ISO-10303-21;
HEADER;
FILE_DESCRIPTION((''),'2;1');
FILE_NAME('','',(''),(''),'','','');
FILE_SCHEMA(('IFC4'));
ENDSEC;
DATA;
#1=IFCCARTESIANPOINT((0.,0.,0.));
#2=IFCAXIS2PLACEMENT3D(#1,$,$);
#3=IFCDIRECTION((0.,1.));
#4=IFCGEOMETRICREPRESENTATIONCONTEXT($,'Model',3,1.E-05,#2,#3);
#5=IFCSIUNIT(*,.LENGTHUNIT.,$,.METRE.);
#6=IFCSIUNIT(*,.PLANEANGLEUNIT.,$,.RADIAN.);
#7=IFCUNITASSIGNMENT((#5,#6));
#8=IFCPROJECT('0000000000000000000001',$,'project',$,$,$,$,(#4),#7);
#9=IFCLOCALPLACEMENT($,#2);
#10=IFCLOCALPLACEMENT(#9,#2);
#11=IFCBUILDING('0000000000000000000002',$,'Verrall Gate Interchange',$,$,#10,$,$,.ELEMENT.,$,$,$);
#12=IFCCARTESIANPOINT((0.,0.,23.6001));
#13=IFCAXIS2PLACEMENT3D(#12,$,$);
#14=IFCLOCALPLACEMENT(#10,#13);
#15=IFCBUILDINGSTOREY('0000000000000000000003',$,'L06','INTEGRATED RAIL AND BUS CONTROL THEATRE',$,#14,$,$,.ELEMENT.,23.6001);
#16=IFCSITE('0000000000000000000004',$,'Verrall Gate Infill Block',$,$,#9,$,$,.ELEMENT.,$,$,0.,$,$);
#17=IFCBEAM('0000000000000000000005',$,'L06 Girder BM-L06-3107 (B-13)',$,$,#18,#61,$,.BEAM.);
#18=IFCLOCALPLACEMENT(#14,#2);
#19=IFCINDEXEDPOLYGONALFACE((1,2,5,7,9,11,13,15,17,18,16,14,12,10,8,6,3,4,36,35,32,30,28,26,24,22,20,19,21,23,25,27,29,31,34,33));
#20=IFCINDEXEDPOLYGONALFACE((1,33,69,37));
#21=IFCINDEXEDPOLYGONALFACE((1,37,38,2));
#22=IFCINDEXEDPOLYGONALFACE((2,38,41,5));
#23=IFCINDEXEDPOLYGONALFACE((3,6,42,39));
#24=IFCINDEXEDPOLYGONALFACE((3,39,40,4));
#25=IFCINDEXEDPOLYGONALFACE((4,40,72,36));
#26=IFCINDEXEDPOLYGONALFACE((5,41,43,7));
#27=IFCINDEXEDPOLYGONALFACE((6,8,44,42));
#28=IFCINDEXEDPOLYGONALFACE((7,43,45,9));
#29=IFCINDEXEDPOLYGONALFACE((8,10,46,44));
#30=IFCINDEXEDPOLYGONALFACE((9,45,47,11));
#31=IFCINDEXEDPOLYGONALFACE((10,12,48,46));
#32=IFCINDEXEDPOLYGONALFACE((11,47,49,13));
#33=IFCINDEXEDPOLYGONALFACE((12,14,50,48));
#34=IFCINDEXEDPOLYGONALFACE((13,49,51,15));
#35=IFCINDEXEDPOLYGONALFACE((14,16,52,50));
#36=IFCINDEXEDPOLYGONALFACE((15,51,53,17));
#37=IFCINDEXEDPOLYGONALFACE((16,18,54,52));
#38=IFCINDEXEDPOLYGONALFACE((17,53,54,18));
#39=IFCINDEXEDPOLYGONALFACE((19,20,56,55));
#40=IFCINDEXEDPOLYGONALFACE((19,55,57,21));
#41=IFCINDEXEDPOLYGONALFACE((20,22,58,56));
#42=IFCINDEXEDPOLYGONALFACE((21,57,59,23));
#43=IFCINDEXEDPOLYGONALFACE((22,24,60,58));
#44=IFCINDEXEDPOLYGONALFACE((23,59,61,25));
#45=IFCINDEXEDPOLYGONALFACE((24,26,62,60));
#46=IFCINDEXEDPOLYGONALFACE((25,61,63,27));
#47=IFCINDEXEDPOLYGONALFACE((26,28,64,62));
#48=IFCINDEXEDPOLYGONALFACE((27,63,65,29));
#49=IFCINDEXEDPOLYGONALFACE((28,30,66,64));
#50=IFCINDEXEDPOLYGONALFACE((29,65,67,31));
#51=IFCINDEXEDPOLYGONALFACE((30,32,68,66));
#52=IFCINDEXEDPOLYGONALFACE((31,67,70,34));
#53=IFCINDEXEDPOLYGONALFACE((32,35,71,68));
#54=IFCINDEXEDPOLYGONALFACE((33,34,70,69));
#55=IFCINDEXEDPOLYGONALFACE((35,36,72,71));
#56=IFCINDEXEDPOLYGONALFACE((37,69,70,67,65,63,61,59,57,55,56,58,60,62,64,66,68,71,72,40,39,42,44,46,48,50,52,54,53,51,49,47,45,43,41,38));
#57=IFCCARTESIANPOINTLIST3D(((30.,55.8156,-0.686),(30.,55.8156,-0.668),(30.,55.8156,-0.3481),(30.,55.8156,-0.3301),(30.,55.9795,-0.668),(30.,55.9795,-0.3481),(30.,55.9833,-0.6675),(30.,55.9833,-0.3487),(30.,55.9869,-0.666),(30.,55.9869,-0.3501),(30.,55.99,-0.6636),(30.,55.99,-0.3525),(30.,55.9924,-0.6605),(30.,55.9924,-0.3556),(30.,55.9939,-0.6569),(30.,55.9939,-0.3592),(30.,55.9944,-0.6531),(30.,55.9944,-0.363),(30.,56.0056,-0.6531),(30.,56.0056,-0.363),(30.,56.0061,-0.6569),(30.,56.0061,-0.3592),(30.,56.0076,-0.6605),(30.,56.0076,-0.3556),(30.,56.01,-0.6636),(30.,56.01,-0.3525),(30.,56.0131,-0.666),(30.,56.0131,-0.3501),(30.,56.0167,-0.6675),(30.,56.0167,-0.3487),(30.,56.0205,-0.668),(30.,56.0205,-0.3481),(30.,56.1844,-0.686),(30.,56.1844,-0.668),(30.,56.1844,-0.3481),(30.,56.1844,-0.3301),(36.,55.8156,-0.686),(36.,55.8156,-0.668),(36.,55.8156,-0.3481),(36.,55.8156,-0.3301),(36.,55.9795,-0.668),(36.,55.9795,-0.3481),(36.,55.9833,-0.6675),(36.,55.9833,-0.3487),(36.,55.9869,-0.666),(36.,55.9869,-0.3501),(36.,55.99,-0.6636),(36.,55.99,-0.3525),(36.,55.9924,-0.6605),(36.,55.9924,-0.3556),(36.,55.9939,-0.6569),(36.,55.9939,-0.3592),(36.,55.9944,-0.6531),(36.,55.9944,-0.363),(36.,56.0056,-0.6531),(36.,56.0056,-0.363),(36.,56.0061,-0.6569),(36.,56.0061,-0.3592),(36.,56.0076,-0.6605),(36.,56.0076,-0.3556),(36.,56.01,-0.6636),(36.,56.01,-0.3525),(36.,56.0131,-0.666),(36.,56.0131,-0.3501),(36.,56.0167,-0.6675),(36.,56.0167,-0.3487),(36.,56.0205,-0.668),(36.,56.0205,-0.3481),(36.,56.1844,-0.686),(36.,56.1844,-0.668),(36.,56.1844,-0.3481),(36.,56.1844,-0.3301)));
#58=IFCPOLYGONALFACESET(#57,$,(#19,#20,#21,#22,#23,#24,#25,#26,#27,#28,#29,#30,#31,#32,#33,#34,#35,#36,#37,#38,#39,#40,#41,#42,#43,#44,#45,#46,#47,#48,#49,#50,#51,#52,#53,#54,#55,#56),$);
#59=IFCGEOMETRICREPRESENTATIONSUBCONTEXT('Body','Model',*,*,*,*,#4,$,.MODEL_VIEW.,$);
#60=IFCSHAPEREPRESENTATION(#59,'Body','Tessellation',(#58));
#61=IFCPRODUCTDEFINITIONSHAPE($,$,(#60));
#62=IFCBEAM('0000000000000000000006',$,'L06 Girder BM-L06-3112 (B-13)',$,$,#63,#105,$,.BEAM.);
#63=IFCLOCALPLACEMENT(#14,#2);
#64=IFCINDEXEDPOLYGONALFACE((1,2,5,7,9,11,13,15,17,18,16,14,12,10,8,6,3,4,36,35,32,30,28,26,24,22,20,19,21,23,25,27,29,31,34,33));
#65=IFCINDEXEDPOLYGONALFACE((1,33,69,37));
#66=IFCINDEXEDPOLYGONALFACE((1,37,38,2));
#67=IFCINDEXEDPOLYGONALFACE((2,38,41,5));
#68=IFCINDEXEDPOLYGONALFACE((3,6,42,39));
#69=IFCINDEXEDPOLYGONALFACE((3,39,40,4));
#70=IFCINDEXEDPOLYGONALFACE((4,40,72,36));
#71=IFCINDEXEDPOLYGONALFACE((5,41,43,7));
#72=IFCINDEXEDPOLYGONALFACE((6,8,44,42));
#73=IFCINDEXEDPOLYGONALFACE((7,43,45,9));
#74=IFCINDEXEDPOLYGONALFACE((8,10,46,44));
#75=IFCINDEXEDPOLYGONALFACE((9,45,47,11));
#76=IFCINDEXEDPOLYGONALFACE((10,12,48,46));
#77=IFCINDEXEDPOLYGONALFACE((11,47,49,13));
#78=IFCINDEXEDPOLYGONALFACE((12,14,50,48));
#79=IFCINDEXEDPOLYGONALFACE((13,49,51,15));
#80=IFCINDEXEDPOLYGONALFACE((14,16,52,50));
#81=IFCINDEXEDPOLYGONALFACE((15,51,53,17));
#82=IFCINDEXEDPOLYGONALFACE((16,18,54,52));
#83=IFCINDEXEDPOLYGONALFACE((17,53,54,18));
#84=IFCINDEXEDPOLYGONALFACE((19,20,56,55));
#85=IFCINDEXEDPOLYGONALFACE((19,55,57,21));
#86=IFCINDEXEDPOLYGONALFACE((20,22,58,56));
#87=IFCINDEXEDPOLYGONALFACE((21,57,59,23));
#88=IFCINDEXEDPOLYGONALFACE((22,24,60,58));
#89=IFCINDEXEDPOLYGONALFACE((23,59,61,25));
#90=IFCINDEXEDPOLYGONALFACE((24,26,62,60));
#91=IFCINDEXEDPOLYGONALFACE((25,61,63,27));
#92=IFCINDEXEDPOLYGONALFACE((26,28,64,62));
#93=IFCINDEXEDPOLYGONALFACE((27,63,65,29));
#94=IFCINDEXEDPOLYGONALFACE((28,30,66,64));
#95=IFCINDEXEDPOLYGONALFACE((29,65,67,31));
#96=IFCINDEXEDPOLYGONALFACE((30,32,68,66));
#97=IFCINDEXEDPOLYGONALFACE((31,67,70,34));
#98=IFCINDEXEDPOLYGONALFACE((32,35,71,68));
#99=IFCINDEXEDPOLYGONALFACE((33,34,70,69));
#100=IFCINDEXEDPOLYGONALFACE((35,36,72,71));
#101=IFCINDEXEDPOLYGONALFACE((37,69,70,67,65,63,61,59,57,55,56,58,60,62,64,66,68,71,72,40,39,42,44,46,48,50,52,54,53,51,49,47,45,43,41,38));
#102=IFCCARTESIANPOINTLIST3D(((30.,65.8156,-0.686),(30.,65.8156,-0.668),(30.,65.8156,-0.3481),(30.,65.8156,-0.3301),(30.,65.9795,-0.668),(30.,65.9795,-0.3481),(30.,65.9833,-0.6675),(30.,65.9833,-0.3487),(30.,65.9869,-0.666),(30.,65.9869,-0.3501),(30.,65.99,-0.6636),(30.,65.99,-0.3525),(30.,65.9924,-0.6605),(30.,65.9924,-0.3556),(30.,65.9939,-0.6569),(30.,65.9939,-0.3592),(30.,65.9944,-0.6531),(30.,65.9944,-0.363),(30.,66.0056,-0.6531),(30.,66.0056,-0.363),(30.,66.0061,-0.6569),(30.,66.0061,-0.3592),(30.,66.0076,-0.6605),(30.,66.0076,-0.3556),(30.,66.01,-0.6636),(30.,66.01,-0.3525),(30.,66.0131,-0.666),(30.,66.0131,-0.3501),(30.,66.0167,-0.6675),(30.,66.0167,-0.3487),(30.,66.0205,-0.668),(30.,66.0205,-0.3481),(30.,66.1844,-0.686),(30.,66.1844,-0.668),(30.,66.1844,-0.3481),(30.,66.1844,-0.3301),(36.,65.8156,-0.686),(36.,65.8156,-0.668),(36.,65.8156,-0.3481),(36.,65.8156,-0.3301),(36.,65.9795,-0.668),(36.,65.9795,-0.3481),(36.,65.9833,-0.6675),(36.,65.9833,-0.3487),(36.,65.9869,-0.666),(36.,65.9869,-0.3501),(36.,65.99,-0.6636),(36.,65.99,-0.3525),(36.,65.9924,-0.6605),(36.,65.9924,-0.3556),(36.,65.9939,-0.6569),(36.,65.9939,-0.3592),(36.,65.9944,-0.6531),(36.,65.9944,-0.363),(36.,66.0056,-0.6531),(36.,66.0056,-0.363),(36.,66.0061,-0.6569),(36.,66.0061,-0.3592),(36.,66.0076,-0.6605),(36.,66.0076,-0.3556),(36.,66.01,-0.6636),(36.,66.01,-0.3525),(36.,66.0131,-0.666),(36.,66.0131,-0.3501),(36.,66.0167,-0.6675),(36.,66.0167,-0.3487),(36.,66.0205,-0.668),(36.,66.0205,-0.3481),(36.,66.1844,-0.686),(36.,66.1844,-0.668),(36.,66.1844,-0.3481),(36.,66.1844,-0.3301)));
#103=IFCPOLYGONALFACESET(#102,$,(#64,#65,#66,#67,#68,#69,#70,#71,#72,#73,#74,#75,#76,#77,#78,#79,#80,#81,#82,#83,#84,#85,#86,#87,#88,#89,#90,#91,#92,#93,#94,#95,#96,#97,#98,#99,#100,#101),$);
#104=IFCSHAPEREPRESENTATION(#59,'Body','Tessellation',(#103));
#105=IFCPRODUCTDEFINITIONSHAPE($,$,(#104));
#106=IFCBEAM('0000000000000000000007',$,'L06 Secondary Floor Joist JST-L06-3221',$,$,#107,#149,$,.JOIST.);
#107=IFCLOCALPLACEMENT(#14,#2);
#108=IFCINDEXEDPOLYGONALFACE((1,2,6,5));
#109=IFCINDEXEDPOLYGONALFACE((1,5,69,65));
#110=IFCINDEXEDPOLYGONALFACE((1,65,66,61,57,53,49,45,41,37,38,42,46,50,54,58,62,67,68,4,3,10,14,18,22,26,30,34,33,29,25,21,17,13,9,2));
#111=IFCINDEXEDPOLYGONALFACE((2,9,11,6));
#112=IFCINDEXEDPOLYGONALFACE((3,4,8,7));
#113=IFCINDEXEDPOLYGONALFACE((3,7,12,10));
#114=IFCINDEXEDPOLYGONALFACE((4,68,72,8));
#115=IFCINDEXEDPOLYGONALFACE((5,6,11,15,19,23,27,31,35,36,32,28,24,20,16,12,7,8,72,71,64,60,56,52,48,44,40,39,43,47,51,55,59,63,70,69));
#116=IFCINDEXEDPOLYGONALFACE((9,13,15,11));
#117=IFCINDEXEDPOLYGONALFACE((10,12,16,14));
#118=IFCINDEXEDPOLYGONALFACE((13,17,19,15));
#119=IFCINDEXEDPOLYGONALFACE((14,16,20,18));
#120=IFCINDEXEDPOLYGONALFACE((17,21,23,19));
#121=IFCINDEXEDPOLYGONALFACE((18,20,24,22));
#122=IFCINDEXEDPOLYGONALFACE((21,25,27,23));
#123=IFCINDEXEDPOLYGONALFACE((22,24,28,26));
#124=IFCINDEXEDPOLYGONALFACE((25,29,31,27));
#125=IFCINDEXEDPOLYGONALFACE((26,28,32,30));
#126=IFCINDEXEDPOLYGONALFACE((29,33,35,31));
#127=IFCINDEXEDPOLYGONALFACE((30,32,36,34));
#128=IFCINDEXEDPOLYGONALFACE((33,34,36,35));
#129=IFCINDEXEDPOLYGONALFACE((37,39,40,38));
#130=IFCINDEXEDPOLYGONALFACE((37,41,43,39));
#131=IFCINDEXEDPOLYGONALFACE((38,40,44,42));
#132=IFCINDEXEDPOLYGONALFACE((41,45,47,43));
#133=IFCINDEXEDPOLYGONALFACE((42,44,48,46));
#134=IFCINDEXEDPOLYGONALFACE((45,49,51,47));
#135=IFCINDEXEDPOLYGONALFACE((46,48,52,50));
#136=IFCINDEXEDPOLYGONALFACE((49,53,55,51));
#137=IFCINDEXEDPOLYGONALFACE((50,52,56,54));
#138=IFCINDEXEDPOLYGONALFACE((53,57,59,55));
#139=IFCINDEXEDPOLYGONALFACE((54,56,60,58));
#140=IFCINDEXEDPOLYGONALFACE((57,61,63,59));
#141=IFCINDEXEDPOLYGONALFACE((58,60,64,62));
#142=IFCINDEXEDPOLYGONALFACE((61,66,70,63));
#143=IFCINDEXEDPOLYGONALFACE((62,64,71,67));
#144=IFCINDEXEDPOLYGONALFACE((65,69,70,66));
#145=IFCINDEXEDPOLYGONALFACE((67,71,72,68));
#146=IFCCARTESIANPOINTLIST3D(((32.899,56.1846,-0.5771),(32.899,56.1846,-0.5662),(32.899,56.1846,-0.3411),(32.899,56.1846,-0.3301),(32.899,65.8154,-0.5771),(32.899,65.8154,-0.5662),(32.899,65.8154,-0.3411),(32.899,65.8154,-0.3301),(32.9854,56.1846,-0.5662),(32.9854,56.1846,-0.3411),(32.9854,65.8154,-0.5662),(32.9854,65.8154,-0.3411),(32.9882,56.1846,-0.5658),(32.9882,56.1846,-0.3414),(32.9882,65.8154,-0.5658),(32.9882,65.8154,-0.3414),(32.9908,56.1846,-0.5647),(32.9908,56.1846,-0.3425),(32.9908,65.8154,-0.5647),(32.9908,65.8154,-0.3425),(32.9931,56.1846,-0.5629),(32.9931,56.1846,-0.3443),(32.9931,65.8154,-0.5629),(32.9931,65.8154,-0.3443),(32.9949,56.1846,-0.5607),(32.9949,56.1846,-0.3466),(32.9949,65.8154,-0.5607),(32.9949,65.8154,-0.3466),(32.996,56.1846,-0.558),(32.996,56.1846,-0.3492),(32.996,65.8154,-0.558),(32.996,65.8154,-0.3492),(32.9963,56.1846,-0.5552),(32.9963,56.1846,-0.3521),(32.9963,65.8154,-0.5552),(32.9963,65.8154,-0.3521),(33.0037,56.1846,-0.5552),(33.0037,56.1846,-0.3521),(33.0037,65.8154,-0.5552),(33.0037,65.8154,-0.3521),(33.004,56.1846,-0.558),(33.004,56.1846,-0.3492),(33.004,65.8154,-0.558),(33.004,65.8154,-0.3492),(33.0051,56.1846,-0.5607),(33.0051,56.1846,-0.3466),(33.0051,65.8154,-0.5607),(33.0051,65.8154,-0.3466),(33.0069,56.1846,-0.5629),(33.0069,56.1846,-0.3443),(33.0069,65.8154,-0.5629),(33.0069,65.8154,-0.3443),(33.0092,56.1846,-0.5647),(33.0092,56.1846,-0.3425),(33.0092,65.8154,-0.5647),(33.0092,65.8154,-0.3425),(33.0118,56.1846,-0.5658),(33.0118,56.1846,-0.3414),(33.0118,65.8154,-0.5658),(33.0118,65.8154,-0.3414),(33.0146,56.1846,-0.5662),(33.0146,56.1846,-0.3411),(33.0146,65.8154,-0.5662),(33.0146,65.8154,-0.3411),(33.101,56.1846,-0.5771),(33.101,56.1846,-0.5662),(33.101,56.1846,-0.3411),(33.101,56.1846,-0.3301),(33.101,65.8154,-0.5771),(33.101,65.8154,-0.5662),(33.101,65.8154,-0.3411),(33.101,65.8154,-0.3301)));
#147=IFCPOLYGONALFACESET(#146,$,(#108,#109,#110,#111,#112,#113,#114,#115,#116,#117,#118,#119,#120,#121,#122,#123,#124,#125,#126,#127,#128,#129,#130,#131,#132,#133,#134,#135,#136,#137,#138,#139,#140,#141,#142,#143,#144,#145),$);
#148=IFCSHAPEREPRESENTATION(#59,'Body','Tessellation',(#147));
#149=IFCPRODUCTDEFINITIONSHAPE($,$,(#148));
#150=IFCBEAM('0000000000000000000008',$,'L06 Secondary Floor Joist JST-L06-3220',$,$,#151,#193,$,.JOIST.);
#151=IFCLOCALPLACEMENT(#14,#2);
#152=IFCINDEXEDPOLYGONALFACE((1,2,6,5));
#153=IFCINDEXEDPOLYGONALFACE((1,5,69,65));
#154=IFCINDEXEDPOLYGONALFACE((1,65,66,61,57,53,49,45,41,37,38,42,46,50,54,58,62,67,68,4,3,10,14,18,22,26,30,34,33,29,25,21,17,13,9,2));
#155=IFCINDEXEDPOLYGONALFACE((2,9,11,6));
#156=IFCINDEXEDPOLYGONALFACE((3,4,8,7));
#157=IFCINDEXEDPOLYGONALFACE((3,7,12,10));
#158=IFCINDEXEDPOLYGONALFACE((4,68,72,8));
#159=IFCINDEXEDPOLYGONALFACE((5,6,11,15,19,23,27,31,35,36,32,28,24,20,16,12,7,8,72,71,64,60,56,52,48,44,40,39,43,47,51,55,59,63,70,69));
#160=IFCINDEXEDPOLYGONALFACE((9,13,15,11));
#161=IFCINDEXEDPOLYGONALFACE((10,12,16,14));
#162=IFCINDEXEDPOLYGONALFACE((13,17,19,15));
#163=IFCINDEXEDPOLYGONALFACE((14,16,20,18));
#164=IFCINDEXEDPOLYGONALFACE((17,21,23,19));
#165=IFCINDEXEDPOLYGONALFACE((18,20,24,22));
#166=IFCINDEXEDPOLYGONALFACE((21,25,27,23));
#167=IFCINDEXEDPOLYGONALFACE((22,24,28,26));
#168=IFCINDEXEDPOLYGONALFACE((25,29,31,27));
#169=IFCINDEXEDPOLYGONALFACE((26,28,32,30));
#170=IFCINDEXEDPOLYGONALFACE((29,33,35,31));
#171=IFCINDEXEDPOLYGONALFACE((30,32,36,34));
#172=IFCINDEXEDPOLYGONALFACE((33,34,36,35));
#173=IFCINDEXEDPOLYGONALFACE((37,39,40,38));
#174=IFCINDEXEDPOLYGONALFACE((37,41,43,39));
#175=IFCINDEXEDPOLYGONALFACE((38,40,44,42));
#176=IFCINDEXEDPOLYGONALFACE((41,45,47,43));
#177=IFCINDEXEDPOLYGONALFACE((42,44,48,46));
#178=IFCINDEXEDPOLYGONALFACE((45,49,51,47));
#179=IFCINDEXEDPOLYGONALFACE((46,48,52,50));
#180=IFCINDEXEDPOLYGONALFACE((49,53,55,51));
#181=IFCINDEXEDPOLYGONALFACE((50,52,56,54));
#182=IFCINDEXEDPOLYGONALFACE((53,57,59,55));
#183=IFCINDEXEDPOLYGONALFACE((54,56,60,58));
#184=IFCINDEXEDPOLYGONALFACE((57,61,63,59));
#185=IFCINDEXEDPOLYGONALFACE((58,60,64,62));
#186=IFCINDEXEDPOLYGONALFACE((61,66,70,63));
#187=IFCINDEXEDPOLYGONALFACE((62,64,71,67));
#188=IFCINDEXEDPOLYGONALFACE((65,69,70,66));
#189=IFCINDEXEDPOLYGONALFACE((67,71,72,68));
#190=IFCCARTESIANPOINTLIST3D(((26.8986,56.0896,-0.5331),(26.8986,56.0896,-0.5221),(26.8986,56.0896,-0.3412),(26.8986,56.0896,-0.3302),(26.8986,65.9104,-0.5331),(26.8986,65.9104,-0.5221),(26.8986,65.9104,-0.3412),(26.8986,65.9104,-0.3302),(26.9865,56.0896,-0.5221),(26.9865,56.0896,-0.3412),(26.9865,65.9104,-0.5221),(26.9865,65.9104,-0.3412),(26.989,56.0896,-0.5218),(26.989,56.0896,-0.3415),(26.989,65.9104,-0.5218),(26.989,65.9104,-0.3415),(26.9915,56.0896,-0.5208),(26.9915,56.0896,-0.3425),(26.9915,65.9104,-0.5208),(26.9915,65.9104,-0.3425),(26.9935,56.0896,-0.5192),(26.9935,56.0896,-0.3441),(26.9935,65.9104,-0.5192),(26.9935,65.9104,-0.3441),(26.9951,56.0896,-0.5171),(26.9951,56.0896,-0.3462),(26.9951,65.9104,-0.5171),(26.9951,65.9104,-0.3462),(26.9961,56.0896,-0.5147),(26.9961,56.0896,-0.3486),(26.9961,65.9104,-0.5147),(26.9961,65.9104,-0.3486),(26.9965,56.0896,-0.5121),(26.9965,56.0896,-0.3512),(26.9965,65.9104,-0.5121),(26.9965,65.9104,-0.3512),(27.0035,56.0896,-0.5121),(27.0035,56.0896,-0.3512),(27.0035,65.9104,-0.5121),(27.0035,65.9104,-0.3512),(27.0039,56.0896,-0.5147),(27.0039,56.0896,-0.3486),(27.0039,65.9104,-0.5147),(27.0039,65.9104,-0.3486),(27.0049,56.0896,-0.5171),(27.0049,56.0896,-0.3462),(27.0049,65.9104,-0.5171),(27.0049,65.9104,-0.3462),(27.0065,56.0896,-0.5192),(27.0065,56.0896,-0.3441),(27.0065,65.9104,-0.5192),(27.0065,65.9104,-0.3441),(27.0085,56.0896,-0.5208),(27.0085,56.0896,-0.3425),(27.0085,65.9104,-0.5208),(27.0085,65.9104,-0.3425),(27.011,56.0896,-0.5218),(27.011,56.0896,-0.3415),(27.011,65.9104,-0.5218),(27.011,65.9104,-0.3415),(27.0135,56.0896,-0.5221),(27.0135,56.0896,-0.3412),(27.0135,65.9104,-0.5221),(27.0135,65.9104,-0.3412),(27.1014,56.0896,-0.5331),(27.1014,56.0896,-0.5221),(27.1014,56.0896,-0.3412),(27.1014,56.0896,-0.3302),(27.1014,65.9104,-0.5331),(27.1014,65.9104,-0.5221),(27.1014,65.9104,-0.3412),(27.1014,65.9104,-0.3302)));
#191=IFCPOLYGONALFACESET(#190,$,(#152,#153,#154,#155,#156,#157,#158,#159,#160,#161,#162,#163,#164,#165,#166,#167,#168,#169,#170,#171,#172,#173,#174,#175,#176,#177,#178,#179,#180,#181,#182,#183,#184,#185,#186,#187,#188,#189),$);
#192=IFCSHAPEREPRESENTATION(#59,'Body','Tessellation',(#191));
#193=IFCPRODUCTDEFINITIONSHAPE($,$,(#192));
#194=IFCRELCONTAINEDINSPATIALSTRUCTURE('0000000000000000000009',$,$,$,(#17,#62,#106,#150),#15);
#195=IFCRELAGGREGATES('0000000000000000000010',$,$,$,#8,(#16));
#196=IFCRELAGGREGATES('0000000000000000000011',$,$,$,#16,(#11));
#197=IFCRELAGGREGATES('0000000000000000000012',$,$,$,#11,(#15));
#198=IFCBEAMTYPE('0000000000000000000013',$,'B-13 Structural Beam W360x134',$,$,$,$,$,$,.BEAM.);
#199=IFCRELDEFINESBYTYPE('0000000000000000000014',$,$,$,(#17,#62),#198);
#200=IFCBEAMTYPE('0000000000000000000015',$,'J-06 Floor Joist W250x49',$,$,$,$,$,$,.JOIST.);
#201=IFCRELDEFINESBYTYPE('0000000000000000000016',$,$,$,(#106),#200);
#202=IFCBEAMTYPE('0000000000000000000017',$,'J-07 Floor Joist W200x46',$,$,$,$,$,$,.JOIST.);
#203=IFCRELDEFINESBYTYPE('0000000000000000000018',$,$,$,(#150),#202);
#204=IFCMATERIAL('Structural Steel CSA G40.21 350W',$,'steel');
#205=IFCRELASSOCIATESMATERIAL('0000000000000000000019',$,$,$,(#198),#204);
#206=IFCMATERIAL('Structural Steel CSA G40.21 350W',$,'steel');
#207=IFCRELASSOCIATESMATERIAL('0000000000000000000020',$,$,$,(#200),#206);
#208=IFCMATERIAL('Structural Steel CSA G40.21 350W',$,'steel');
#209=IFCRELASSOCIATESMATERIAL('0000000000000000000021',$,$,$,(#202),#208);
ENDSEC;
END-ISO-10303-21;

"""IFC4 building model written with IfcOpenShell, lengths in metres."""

from ifc_helpers import new_model, si_unit, direction, frame, origin, origin_2d, place, context, subcontext, project, spatial, i_section, extrude, material, material_profile, profile_set, type_object, element, save


model = new_model("IFC4")

# Units and contexts
model_context = context("Model", 3, precision=1e-05, world=origin(), true_north=direction((0.0, 1.0)))
body_context = subcontext(model_context, "Body", "Model", "MODEL_VIEW")
ifc_project = project(units=[si_unit("LENGTHUNIT", "METRE"), si_unit("PLANEANGLEUNIT", "RADIAN")], contexts=[model_context])

# Site, building, storey
site_placement = place(None, origin())
site = spatial("IfcSite", under=ifc_project, at=site_placement, Name="Verrall Gate Infill Block", CompositionType="ELEMENT", RefElevation=0.0)
building_placement = place(site_placement, origin())
building = spatial("IfcBuilding", under=site, at=building_placement, Name="Verrall Gate Interchange", CompositionType="ELEMENT")
storey_placement = place(building_placement, frame((0.0, 0.0, 23.6001)))
storey = spatial("IfcBuildingStorey", under=building, at=storey_placement, Name="L06", Description="INTEGRATED RAIL AND BUS CONTROL THEATRE", CompositionType="ELEMENT", Elevation=23.6001)

# Beams
ifc_material_1 = material(Name="Structural Steel CSA G40.21 350W", Category="steel")
ifc_material_profile_1 = material_profile(ifc_material_1, i_section(OverallWidth=0.3689, OverallDepth=0.356, WebThickness=0.0112, FlangeThickness=0.0181, FilletRadius=0.0149, at=origin_2d()), Name="W360x134")
ifc_profile_set_1 = profile_set([ifc_material_profile_1], Name="Structural Steel CSA G40.21 350W")
beam_type_1 = type_object("IfcBeamType", Name="B-13 Structural Beam W360x134", PredefinedType="BEAM", material=ifc_profile_set_1)
for number, where, z_axis, x_axis, name in (
    (1, (30.0, 56.0, -0.5081), (1.0, 0.0, 0.0), (0.0, 1.0, 0.0), "L06 Girder BM-L06-3107 (B-13)"),
    (2, (30.0, 66.0, -0.5081), (1.0, 0.0, 0.0), (0.0, 1.0, 0.0), "L06 Girder BM-L06-3112 (B-13)"),
):
    element("IfcBeam", number, at=place(storey_placement, frame(where, z_axis=z_axis, x_axis=x_axis)), inside=storey, type_object=beam_type_1, Name=name, PredefinedType="BEAM", context=body_context, shape_type="SweptSolid", body=[
        extrude(i_section(OverallWidth=0.3689, OverallDepth=0.356, WebThickness=0.0112, FlangeThickness=0.0181, FilletRadius=0.0149, at=origin_2d()), origin(), (0.0, 0.0, 1.0), 6.0),
    ])
ifc_material_2 = material(Name="Structural Steel CSA G40.21 350W", Category="steel")
ifc_material_profile_2 = material_profile(ifc_material_2, i_section(OverallWidth=0.2019, OverallDepth=0.2471, WebThickness=0.0073, FlangeThickness=0.011, FilletRadius=0.011, at=origin_2d()), Name="W250x49")
ifc_profile_set_2 = profile_set([ifc_material_profile_2], Name="Structural Steel CSA G40.21 350W")
beam_type_2 = type_object("IfcBeamType", Name="J-06 Floor Joist W250x49", PredefinedType="JOIST", material=ifc_profile_set_2)
beam_1_placement = place(storey_placement, frame((33.0, 56.1846, -0.4536), z_axis=(0.0, 1.0, 0.0), x_axis=(-1.0, 0.0, 0.0)))
element("IfcBeam", 3, at=beam_1_placement, inside=storey, type_object=beam_type_2, Name="L06 Secondary Floor Joist JST-L06-3221", PredefinedType="JOIST", context=body_context, shape_type="SweptSolid", body=[
    extrude(i_section(OverallWidth=0.2019, OverallDepth=0.2471, WebThickness=0.0073, FlangeThickness=0.011, FilletRadius=0.011, at=origin_2d()), origin(), (0.0, 0.0, 1.0), 9.6309),
])
ifc_material_3 = material(Name="Structural Steel CSA G40.21 350W", Category="steel")
ifc_material_profile_3 = material_profile(ifc_material_3, i_section(OverallWidth=0.2029, OverallDepth=0.2029, WebThickness=0.0071, FlangeThickness=0.011, FilletRadius=0.01, at=origin_2d()), Name="W200x46")
ifc_profile_set_3 = profile_set([ifc_material_profile_3], Name="Structural Steel CSA G40.21 350W")
beam_type_3 = type_object("IfcBeamType", Name="J-07 Floor Joist W200x46", PredefinedType="JOIST", material=ifc_profile_set_3)
beam_2_placement = place(storey_placement, frame((27.0, 56.0896, -0.4316), z_axis=(0.0, 1.0, 0.0), x_axis=(-1.0, 0.0, 0.0)))
element("IfcBeam", 4, at=beam_2_placement, inside=storey, type_object=beam_type_3, Name="L06 Secondary Floor Joist JST-L06-3220", PredefinedType="JOIST", context=body_context, shape_type="SweptSolid", body=[
    extrude(i_section(OverallWidth=0.2029, OverallDepth=0.2029, WebThickness=0.0071, FlangeThickness=0.011, FilletRadius=0.01, at=origin_2d()), origin(), (0.0, 0.0, 1.0), 9.8208),
])

save(model, "model.ifc")
